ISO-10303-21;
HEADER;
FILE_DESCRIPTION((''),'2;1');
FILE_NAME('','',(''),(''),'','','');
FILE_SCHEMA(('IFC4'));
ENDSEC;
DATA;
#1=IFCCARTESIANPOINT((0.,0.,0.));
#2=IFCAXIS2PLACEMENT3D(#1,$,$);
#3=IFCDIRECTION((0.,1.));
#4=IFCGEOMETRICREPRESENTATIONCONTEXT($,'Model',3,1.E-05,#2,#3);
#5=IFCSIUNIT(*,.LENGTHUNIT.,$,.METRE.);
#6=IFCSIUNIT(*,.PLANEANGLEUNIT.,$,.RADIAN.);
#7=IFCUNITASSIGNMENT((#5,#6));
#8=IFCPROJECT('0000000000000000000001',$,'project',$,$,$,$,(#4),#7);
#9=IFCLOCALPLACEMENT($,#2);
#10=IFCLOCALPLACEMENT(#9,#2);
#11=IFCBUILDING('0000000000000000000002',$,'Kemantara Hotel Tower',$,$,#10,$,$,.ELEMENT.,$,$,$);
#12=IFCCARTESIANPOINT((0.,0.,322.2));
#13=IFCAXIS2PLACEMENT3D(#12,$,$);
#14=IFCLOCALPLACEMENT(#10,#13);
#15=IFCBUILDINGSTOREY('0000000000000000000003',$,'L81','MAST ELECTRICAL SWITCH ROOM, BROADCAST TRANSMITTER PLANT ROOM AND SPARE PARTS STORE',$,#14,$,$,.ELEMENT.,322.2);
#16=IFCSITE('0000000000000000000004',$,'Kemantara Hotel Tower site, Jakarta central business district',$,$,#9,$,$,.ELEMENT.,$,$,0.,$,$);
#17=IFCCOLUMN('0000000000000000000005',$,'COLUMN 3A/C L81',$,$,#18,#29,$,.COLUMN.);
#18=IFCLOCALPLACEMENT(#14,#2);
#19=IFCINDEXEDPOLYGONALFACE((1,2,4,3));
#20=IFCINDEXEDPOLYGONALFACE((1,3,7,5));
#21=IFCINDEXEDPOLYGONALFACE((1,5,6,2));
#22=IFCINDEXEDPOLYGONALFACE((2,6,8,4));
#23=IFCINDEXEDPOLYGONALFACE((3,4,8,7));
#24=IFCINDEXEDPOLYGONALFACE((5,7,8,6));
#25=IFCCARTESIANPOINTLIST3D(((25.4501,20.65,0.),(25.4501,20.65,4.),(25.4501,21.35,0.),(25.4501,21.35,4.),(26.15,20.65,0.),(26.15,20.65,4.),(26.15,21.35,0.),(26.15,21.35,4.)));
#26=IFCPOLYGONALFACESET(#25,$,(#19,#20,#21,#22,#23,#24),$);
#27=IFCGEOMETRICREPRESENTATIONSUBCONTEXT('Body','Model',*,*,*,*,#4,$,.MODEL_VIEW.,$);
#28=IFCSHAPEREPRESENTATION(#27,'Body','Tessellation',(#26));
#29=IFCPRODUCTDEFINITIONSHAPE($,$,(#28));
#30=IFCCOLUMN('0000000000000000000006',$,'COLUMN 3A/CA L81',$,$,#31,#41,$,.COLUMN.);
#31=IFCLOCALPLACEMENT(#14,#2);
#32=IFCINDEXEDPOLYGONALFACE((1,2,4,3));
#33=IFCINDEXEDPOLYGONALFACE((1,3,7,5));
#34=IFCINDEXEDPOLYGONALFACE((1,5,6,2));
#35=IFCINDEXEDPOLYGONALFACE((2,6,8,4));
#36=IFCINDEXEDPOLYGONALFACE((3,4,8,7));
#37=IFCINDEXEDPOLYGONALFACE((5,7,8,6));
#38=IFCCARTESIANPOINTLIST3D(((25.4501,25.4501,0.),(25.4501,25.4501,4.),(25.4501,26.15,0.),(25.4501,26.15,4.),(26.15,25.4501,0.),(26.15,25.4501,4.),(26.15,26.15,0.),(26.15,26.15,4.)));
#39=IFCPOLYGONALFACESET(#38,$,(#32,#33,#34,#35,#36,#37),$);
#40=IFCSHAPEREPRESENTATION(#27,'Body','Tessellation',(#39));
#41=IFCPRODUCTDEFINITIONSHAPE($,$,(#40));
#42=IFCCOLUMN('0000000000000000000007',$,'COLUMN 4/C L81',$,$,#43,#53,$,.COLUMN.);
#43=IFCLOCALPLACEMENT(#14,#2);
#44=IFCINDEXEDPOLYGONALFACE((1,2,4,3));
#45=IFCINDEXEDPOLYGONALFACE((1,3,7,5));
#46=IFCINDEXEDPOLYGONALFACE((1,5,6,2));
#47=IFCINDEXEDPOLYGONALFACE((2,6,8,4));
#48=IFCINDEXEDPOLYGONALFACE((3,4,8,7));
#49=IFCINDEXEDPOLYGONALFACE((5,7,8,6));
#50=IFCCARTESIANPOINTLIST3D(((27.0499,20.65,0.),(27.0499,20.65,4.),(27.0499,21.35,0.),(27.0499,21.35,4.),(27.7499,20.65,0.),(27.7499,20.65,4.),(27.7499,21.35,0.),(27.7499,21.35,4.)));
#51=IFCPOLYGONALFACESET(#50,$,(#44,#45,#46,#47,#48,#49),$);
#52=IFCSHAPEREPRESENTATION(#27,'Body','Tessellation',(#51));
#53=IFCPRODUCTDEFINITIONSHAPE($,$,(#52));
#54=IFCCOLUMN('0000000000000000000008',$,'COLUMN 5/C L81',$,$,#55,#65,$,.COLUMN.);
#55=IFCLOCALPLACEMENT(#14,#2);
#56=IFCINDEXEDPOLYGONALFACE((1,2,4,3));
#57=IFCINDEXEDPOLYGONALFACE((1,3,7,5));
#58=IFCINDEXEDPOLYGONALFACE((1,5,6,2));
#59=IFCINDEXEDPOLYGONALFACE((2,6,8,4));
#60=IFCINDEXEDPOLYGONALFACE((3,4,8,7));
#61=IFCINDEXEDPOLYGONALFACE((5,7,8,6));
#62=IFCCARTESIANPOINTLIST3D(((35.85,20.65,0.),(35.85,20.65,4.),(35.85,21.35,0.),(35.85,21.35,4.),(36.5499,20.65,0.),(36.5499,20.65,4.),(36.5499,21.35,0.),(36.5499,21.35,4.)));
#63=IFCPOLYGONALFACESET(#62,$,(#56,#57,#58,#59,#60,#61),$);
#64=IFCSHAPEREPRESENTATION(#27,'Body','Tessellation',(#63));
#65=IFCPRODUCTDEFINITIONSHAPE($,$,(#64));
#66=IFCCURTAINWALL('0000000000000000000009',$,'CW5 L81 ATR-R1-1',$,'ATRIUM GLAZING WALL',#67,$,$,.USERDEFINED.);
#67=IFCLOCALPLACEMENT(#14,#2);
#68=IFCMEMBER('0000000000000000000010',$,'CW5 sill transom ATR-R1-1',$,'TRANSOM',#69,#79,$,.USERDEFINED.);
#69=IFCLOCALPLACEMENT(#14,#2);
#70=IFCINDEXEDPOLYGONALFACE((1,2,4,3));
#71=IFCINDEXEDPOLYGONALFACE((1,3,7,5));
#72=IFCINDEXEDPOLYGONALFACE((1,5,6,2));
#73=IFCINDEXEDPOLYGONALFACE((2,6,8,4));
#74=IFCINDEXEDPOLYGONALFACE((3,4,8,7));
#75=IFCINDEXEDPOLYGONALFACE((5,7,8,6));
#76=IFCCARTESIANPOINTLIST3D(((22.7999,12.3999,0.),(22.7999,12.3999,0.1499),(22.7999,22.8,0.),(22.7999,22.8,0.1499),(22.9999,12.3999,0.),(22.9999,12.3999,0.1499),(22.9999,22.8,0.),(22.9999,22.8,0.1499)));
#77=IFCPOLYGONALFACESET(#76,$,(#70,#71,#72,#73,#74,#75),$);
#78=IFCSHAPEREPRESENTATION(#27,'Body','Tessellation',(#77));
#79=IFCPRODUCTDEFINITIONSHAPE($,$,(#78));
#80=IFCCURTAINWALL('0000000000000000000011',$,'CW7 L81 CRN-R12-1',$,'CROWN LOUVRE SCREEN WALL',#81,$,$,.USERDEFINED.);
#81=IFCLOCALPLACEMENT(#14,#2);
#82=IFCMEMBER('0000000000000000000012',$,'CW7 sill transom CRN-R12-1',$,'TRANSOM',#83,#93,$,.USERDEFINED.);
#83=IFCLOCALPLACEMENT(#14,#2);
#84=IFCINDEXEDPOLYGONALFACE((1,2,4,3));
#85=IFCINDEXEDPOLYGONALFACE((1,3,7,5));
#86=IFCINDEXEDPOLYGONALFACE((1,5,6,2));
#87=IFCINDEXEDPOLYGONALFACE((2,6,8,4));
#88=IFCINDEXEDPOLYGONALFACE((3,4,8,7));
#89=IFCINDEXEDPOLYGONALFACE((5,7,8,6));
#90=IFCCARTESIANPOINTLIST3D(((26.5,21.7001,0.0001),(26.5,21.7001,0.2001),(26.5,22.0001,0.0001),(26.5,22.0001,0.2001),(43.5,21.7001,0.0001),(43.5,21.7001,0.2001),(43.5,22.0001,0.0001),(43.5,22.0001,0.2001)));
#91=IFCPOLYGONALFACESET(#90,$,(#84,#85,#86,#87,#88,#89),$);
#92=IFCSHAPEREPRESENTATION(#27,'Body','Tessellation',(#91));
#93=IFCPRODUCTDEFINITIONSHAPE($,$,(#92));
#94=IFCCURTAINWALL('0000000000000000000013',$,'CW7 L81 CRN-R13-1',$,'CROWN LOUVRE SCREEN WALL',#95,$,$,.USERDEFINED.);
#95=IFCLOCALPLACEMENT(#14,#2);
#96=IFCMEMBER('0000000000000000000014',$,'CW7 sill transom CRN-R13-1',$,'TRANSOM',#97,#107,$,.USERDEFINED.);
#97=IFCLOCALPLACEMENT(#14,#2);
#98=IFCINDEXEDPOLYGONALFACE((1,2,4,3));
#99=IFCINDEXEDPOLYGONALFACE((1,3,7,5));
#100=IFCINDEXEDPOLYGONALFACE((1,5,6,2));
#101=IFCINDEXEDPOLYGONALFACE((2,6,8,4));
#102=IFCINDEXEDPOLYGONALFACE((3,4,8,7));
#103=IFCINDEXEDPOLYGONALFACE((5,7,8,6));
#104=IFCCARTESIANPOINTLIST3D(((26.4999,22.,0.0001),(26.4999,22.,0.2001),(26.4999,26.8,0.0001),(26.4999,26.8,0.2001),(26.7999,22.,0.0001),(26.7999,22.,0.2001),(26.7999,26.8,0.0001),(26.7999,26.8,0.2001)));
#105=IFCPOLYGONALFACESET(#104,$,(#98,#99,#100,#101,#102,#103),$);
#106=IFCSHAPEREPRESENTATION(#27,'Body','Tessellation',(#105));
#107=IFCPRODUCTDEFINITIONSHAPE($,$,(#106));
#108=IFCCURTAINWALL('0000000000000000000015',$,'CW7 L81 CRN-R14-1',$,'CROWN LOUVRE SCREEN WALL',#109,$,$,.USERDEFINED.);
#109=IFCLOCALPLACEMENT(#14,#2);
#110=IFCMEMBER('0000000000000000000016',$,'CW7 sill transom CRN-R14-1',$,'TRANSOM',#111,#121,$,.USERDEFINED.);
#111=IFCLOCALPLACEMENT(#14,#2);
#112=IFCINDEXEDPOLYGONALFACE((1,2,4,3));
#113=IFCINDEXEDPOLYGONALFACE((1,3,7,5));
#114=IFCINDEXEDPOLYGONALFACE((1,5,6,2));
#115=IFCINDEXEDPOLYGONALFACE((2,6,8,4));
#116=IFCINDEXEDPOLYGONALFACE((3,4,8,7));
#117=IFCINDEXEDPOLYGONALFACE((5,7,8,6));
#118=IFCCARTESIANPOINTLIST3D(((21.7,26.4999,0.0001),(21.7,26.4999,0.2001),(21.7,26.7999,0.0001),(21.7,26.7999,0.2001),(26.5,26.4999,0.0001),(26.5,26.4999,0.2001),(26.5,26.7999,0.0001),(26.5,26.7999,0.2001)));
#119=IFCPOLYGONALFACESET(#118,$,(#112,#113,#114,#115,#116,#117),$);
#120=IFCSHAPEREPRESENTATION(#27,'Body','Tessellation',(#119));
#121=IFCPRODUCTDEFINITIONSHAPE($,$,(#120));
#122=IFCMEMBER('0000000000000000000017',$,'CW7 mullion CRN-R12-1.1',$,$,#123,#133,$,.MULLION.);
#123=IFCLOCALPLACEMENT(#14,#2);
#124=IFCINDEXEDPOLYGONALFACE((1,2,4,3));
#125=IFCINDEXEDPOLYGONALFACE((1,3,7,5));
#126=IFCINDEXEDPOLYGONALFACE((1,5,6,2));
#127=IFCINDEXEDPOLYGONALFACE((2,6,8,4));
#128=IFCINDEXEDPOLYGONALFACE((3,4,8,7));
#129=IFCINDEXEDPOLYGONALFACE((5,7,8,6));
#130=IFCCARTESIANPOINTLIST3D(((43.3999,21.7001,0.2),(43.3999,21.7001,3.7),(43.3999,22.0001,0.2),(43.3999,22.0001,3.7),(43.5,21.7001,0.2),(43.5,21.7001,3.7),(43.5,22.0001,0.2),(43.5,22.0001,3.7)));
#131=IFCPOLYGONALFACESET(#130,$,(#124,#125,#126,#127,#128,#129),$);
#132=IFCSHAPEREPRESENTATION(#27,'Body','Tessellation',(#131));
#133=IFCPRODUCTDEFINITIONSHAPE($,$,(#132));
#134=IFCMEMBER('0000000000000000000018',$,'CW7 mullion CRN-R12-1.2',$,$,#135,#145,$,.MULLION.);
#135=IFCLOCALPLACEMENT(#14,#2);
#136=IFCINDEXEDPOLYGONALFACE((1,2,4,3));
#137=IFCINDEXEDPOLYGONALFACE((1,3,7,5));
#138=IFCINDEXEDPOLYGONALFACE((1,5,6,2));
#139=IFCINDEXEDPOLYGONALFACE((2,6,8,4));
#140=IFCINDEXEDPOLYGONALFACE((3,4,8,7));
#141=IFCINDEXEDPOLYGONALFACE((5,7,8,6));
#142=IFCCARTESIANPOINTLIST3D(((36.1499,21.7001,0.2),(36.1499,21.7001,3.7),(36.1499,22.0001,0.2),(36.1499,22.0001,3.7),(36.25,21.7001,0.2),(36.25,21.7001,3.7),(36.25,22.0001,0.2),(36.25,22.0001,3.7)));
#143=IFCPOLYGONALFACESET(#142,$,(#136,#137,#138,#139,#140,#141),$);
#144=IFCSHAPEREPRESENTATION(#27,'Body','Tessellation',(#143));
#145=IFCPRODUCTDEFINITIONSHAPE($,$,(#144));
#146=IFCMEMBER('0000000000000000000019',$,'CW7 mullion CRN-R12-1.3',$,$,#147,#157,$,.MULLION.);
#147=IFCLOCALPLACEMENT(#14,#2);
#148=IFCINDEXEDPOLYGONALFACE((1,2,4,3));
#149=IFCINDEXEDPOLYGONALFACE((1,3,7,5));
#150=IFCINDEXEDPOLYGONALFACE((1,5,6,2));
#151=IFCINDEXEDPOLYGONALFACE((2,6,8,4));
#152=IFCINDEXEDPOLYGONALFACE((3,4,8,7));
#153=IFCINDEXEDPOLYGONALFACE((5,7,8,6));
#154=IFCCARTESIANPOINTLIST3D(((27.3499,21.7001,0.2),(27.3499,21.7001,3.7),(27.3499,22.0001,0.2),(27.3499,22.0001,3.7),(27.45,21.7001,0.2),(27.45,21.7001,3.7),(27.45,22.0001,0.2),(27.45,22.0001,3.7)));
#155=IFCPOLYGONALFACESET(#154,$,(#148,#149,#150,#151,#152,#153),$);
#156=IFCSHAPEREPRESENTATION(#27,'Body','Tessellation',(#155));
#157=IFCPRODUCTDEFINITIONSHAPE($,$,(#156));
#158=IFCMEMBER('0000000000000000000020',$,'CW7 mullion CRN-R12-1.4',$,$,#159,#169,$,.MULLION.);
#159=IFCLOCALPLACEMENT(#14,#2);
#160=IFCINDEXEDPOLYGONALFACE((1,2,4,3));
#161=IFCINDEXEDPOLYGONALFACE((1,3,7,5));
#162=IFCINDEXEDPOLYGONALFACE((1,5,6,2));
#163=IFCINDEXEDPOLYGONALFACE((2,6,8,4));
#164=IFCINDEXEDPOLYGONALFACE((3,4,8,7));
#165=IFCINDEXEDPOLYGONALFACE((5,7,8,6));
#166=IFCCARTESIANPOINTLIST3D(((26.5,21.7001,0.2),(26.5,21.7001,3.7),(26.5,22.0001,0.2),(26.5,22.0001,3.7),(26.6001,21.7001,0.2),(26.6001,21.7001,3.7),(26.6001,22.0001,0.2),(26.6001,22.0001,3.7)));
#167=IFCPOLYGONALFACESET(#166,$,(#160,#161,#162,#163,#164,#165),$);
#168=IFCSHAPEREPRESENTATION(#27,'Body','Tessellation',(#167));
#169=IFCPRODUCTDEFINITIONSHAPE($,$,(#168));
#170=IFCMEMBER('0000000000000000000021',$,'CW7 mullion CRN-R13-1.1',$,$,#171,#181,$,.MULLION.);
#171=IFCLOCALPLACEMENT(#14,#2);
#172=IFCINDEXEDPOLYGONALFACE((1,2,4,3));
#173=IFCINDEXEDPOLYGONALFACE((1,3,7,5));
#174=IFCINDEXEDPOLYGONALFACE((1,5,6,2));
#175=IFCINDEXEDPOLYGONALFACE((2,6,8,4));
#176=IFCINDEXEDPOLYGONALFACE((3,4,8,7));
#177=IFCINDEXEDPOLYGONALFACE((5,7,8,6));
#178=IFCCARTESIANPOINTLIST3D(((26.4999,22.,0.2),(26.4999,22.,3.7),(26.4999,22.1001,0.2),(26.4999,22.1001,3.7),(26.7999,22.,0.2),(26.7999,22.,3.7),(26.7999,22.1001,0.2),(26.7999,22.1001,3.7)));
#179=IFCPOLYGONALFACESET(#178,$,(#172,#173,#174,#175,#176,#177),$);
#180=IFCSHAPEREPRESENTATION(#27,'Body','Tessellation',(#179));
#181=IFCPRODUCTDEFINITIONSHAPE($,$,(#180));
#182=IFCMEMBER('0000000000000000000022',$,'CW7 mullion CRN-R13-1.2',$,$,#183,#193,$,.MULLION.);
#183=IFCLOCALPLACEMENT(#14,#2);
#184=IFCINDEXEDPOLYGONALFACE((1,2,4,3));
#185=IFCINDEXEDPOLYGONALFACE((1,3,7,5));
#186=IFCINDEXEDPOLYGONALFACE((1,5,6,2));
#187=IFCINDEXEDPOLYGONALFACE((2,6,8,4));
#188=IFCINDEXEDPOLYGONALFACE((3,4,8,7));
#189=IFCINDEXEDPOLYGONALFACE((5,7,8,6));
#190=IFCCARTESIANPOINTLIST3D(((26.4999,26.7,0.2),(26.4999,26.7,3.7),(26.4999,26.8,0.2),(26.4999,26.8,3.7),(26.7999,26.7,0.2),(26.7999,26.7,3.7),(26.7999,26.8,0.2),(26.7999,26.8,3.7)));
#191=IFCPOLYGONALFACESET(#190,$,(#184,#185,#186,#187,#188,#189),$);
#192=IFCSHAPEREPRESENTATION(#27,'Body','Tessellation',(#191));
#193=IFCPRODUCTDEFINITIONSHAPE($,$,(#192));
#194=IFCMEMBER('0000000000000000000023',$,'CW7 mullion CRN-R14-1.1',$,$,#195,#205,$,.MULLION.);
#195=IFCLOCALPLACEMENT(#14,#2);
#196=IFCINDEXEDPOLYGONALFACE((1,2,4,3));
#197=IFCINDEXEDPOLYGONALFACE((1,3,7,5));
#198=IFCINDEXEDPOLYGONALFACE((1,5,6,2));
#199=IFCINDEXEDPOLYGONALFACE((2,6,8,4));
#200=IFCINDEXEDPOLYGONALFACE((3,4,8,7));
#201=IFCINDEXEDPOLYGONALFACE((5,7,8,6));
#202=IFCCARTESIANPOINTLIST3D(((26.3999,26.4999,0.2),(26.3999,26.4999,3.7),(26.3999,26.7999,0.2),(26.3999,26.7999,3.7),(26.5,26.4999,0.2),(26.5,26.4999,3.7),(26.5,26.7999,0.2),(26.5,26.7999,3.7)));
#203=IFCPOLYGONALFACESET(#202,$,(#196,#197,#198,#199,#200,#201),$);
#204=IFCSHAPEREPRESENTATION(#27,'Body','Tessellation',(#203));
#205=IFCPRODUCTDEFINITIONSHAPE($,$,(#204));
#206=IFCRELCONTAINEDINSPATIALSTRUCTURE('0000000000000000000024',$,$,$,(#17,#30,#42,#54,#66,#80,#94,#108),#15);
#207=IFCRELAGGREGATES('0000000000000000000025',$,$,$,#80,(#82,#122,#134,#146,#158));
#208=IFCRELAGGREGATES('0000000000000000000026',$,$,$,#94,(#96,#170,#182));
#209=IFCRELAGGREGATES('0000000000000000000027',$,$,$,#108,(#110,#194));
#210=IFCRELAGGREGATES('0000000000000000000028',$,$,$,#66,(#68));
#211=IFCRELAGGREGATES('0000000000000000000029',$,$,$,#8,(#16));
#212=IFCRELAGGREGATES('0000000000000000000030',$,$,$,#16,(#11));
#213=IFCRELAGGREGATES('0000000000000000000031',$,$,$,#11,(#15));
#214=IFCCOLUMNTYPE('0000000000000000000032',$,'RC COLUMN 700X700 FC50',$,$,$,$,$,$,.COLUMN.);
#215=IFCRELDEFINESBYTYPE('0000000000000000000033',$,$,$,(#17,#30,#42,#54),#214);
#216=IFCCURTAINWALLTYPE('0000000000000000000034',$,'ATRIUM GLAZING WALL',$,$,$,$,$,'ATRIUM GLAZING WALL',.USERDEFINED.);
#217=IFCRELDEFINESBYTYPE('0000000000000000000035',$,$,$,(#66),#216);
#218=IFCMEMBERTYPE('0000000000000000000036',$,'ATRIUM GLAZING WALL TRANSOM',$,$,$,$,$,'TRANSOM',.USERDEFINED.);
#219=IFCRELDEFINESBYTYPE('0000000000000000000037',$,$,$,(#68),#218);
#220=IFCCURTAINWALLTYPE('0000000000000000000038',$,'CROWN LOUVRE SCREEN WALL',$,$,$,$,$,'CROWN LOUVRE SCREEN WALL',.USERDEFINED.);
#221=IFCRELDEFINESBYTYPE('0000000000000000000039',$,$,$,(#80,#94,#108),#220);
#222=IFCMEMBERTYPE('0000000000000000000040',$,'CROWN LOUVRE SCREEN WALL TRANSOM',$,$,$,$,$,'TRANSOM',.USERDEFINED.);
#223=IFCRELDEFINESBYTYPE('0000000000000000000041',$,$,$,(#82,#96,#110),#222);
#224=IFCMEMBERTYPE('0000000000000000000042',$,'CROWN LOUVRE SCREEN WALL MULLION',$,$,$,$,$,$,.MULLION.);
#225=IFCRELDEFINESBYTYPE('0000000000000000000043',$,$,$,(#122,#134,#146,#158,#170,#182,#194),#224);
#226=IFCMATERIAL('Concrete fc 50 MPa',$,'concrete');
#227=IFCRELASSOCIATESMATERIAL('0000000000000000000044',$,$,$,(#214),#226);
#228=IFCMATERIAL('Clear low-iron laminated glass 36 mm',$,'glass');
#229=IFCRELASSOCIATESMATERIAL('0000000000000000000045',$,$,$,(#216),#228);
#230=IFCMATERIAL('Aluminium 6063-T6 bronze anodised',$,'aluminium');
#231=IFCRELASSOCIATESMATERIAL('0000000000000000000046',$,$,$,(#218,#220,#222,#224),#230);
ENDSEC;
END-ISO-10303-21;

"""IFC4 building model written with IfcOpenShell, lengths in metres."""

from ifc_helpers import new_model, si_unit, direction, frame, origin, origin_2d, place, context, subcontext, project, spatial, rectangle, extrude, source, transform, mapped, material, material_profile, profile_set, type_object, element, aggregate, save


model = new_model("IFC4")

# Units and contexts
model_context = context("Model", 3, precision=1e-05, world=origin(), true_north=direction((0.0, 1.0)))
body_context = subcontext(model_context, "Body", "Model", "MODEL_VIEW")
ifc_project = project(units=[si_unit("LENGTHUNIT", "METRE"), si_unit("PLANEANGLEUNIT", "RADIAN")], contexts=[model_context])

# Site, building, storey
site_placement = place(None, origin())
site = spatial("IfcSite", under=ifc_project, at=site_placement, Name="Kemantara Hotel Tower site, Jakarta central business district", CompositionType="ELEMENT", RefElevation=0.0)
building_placement = place(site_placement, origin())
building = spatial("IfcBuilding", under=site, at=building_placement, Name="Kemantara Hotel Tower", CompositionType="ELEMENT")
storey_placement = place(building_placement, frame((0.0, 0.0, 322.2)))
storey = spatial("IfcBuildingStorey", under=building, at=storey_placement, Name="L81", Description="MAST ELECTRICAL SWITCH ROOM, BROADCAST TRANSMITTER PLANT ROOM AND SPARE PARTS STORE", CompositionType="ELEMENT", Elevation=322.2)

# Columns
ifc_material_1 = material(Name="Concrete fc 50 MPa", Category="concrete")
ifc_material_profile_1 = material_profile(ifc_material_1, rectangle(XDim=0.7, YDim=0.7, at=origin_2d()), Name="RC 700X700")
ifc_profile_set_1 = profile_set([ifc_material_profile_1], Name="Concrete fc 50 MPa")
column_type = type_object("IfcColumnType", Name="RC COLUMN 700X700 FC50", PredefinedType="COLUMN", material=ifc_profile_set_1)
for number, where, z_axis, x_axis, name in (
    (1, (25.8, 21.0, 0.0), (0.0, 0.0, 1.0), (1.0, 0.0, 0.0), "COLUMN 3A/C L81"),
    (2, (25.8, 25.8, 0.0), (0.0, 0.0, 1.0), (1.0, 0.0, 0.0), "COLUMN 3A/CA L81"),
    (3, (27.3999, 21.0, 0.0), (0.0, 0.0, 1.0), (1.0, 0.0, 0.0), "COLUMN 4/C L81"),
    (4, (36.2, 21.0, 0.0), (0.0, 0.0, 1.0), (1.0, 0.0, 0.0), "COLUMN 5/C L81"),
):
    element("IfcColumn", number, at=place(storey_placement, frame(where, z_axis=z_axis, x_axis=x_axis)), inside=storey, type_object=column_type, Name=name, PredefinedType="COLUMN", context=body_context, shape_type="SweptSolid", body=[
        extrude(rectangle(XDim=0.7, YDim=0.7, at=origin_2d()), origin(), (0.0, 0.0, 1.0), 4.0),
    ])

# Curtain walls, members
ifc_material_2 = material(Name="Clear low-iron laminated glass 36 mm", Category="glass")
curtain_wall_type_1 = type_object("IfcCurtainWallType", Name="ATRIUM GLAZING WALL", ElementType="ATRIUM GLAZING WALL", PredefinedType="USERDEFINED", material=ifc_material_2)
curtain_wall_1_placement = place(storey_placement, origin())
curtain_wall_1 = element("IfcCurtainWall", 5, at=curtain_wall_1_placement, inside=storey, type_object=curtain_wall_type_1, Name="CW5 L81 ATR-R1-1", ObjectType="ATRIUM GLAZING WALL", PredefinedType="USERDEFINED")
ifc_material_3 = material(Name="Aluminium 6063-T6 bronze anodised", Category="aluminium")
ifc_material_profile_2 = material_profile(ifc_material_3, rectangle(XDim=0.2, YDim=0.1499, at=origin_2d()), Name="ATRIUM GLAZING WALL TRANSOM")
ifc_profile_set_2 = profile_set([ifc_material_profile_2], Name="Aluminium 6063-T6 bronze anodised")
member_type_1 = type_object("IfcMemberType", Name="ATRIUM GLAZING WALL TRANSOM", ElementType="TRANSOM", PredefinedType="USERDEFINED", material=ifc_profile_set_2)
member_1_placement = place(storey_placement, frame((22.8999, 22.8, 0.075), z_axis=(0.0, -1.0, 0.0), x_axis=(1.0, 0.0, 0.0)))
member_1 = element("IfcMember", 6, at=member_1_placement, type_object=member_type_1, Name="CW5 sill transom ATR-R1-1", ObjectType="TRANSOM", PredefinedType="USERDEFINED", context=body_context, shape_type="SweptSolid", body=[
    extrude(rectangle(XDim=0.2, YDim=0.1499, at=origin_2d()), origin(), (0.0, 0.0, 1.0), 10.4001),
])
curtain_wall_type_2 = type_object("IfcCurtainWallType", Name="CROWN LOUVRE SCREEN WALL", ElementType="CROWN LOUVRE SCREEN WALL", PredefinedType="USERDEFINED", material=ifc_material_3)
curtain_wall_2_placement = place(storey_placement, origin())
curtain_wall_2 = element("IfcCurtainWall", 7, at=curtain_wall_2_placement, inside=storey, type_object=curtain_wall_type_2, Name="CW7 L81 CRN-R12-1", ObjectType="CROWN LOUVRE SCREEN WALL", PredefinedType="USERDEFINED")
ifc_material_profile_3 = material_profile(ifc_material_3, rectangle(XDim=0.3, YDim=0.2, at=origin_2d()), Name="CROWN LOUVRE SCREEN WALL TRANSOM")
ifc_profile_set_3 = profile_set([ifc_material_profile_3], Name="Aluminium 6063-T6 bronze anodised")
member_type_2 = type_object("IfcMemberType", Name="CROWN LOUVRE SCREEN WALL TRANSOM", ElementType="TRANSOM", PredefinedType="USERDEFINED", material=ifc_profile_set_3)
member_2_placement = place(storey_placement, frame((43.5, 21.8501, 0.1001), z_axis=(-1.0, 0.0, 0.0), x_axis=(0.0, -1.0, 0.0)))
member_2 = element("IfcMember", 8, at=member_2_placement, type_object=member_type_2, Name="CW7 sill transom CRN-R12-1", ObjectType="TRANSOM", PredefinedType="USERDEFINED", context=body_context, shape_type="SweptSolid", body=[
    extrude(rectangle(XDim=0.3, YDim=0.2, at=origin_2d()), origin(), (0.0, 0.0, 1.0), 17.0),
])
curtain_wall_3_placement = place(storey_placement, origin())
curtain_wall_3 = element("IfcCurtainWall", 9, at=curtain_wall_3_placement, inside=storey, type_object=curtain_wall_type_2, Name="CW7 L81 CRN-R13-1", ObjectType="CROWN LOUVRE SCREEN WALL", PredefinedType="USERDEFINED")
member_3_placement = place(storey_placement, frame((26.6499, 22.0, 0.1001), z_axis=(0.0, 1.0, 0.0), x_axis=(-1.0, 0.0, 0.0)))
member_3 = element("IfcMember", 10, at=member_3_placement, type_object=member_type_2, Name="CW7 sill transom CRN-R13-1", ObjectType="TRANSOM", PredefinedType="USERDEFINED", context=body_context, shape_type="SweptSolid", body=[
    extrude(rectangle(XDim=0.3, YDim=0.2, at=origin_2d()), origin(), (0.0, 0.0, 1.0), 4.8),
])
curtain_wall_4_placement = place(storey_placement, origin())
curtain_wall_4 = element("IfcCurtainWall", 11, at=curtain_wall_4_placement, inside=storey, type_object=curtain_wall_type_2, Name="CW7 L81 CRN-R14-1", ObjectType="CROWN LOUVRE SCREEN WALL", PredefinedType="USERDEFINED")
member_4_placement = place(storey_placement, frame((26.5, 26.6499, 0.1001), z_axis=(-1.0, 0.0, 0.0), x_axis=(0.0, -1.0, 0.0)))
member_4 = element("IfcMember", 12, at=member_4_placement, type_object=member_type_2, Name="CW7 sill transom CRN-R14-1", ObjectType="TRANSOM", PredefinedType="USERDEFINED", context=body_context, shape_type="SweptSolid", body=[
    extrude(rectangle(XDim=0.3, YDim=0.2, at=origin_2d()), origin(), (0.0, 0.0, 1.0), 4.8),
])

# Members
ifc_material_profile_4 = material_profile(ifc_material_3, rectangle(XDim=0.3, YDim=0.1001, at=origin_2d()), Name="CROWN LOUVRE SCREEN WALL MULLION")
ifc_profile_set_4 = profile_set([ifc_material_profile_4], Name="Aluminium 6063-T6 bronze anodised")
member_type_3 = type_object("IfcMemberType", Name="CROWN LOUVRE SCREEN WALL MULLION", PredefinedType="MULLION", material=ifc_profile_set_4)
shared_shape_1 = source(origin(), body_context, "Body", "SweptSolid", [
    extrude(rectangle(XDim=0.3, YDim=0.1001, at=origin_2d()), origin(), (0.0, 0.0, 1.0), 3.5),
])
member_5_placement = place(storey_placement, frame((43.45, 21.8501, 0.2), z_axis=(0.0, 0.0, 1.0), x_axis=(0.0, -1.0, 0.0)))
member_5 = element("IfcMember", 13, at=member_5_placement, type_object=member_type_3, Name="CW7 mullion CRN-R12-1.1", PredefinedType="MULLION", context=body_context, shape_type="MappedRepresentation", body=[
    mapped(shared_shape_1, transform((0.0, 0.0, 0.0))),
])
member_6_placement = place(storey_placement, frame((36.2, 21.8501, 0.2), z_axis=(0.0, 0.0, 1.0), x_axis=(0.0, -1.0, 0.0)))
member_6 = element("IfcMember", 14, at=member_6_placement, type_object=member_type_3, Name="CW7 mullion CRN-R12-1.2", PredefinedType="MULLION", context=body_context, shape_type="MappedRepresentation", body=[
    mapped(shared_shape_1, transform((0.0, 0.0, 0.0))),
])
member_7_placement = place(storey_placement, frame((27.3999, 21.8501, 0.2), z_axis=(0.0, 0.0, 1.0), x_axis=(0.0, -1.0, 0.0)))
member_7 = element("IfcMember", 15, at=member_7_placement, type_object=member_type_3, Name="CW7 mullion CRN-R12-1.3", PredefinedType="MULLION", context=body_context, shape_type="MappedRepresentation", body=[
    mapped(shared_shape_1, transform((0.0, 0.0, 0.0))),
])
member_8_placement = place(storey_placement, frame((26.55, 21.8501, 0.2), z_axis=(0.0, 0.0, 1.0), x_axis=(0.0, -1.0, 0.0)))
member_8 = element("IfcMember", 16, at=member_8_placement, type_object=member_type_3, Name="CW7 mullion CRN-R12-1.4", PredefinedType="MULLION", context=body_context, shape_type="MappedRepresentation", body=[
    mapped(shared_shape_1, transform((0.0, 0.0, 0.0))),
])
member_9_placement = place(storey_placement, frame((26.6499, 22.05, 0.2), z_axis=(0.0, 0.0, 1.0), x_axis=(-1.0, 0.0, 0.0)))
member_9 = element("IfcMember", 17, at=member_9_placement, type_object=member_type_3, Name="CW7 mullion CRN-R13-1.1", PredefinedType="MULLION", context=body_context, shape_type="MappedRepresentation", body=[
    mapped(shared_shape_1, transform((0.0, 0.0, 0.0))),
])
member_10_placement = place(storey_placement, frame((26.6499, 26.75, 0.2), z_axis=(0.0, 0.0, 1.0), x_axis=(-1.0, 0.0, 0.0)))
member_10 = element("IfcMember", 18, at=member_10_placement, type_object=member_type_3, Name="CW7 mullion CRN-R13-1.2", PredefinedType="MULLION", context=body_context, shape_type="MappedRepresentation", body=[
    mapped(shared_shape_1, transform((0.0, 0.0, 0.0))),
])
member_11_placement = place(storey_placement, frame((26.45, 26.6499, 0.2), z_axis=(0.0, 0.0, 1.0), x_axis=(0.0, -1.0, 0.0)))
member_11 = element("IfcMember", 19, at=member_11_placement, type_object=member_type_3, Name="CW7 mullion CRN-R14-1.1", PredefinedType="MULLION", context=body_context, shape_type="MappedRepresentation", body=[
    mapped(shared_shape_1, transform((0.0, 0.0, 0.0))),
])

aggregate(curtain_wall_2, [member_2, member_5, member_6, member_7, member_8])
aggregate(curtain_wall_3, [member_3, member_9, member_10])
aggregate(curtain_wall_4, [member_4, member_11])
aggregate(curtain_wall_1, [member_1])

save(model, "model.ifc")
